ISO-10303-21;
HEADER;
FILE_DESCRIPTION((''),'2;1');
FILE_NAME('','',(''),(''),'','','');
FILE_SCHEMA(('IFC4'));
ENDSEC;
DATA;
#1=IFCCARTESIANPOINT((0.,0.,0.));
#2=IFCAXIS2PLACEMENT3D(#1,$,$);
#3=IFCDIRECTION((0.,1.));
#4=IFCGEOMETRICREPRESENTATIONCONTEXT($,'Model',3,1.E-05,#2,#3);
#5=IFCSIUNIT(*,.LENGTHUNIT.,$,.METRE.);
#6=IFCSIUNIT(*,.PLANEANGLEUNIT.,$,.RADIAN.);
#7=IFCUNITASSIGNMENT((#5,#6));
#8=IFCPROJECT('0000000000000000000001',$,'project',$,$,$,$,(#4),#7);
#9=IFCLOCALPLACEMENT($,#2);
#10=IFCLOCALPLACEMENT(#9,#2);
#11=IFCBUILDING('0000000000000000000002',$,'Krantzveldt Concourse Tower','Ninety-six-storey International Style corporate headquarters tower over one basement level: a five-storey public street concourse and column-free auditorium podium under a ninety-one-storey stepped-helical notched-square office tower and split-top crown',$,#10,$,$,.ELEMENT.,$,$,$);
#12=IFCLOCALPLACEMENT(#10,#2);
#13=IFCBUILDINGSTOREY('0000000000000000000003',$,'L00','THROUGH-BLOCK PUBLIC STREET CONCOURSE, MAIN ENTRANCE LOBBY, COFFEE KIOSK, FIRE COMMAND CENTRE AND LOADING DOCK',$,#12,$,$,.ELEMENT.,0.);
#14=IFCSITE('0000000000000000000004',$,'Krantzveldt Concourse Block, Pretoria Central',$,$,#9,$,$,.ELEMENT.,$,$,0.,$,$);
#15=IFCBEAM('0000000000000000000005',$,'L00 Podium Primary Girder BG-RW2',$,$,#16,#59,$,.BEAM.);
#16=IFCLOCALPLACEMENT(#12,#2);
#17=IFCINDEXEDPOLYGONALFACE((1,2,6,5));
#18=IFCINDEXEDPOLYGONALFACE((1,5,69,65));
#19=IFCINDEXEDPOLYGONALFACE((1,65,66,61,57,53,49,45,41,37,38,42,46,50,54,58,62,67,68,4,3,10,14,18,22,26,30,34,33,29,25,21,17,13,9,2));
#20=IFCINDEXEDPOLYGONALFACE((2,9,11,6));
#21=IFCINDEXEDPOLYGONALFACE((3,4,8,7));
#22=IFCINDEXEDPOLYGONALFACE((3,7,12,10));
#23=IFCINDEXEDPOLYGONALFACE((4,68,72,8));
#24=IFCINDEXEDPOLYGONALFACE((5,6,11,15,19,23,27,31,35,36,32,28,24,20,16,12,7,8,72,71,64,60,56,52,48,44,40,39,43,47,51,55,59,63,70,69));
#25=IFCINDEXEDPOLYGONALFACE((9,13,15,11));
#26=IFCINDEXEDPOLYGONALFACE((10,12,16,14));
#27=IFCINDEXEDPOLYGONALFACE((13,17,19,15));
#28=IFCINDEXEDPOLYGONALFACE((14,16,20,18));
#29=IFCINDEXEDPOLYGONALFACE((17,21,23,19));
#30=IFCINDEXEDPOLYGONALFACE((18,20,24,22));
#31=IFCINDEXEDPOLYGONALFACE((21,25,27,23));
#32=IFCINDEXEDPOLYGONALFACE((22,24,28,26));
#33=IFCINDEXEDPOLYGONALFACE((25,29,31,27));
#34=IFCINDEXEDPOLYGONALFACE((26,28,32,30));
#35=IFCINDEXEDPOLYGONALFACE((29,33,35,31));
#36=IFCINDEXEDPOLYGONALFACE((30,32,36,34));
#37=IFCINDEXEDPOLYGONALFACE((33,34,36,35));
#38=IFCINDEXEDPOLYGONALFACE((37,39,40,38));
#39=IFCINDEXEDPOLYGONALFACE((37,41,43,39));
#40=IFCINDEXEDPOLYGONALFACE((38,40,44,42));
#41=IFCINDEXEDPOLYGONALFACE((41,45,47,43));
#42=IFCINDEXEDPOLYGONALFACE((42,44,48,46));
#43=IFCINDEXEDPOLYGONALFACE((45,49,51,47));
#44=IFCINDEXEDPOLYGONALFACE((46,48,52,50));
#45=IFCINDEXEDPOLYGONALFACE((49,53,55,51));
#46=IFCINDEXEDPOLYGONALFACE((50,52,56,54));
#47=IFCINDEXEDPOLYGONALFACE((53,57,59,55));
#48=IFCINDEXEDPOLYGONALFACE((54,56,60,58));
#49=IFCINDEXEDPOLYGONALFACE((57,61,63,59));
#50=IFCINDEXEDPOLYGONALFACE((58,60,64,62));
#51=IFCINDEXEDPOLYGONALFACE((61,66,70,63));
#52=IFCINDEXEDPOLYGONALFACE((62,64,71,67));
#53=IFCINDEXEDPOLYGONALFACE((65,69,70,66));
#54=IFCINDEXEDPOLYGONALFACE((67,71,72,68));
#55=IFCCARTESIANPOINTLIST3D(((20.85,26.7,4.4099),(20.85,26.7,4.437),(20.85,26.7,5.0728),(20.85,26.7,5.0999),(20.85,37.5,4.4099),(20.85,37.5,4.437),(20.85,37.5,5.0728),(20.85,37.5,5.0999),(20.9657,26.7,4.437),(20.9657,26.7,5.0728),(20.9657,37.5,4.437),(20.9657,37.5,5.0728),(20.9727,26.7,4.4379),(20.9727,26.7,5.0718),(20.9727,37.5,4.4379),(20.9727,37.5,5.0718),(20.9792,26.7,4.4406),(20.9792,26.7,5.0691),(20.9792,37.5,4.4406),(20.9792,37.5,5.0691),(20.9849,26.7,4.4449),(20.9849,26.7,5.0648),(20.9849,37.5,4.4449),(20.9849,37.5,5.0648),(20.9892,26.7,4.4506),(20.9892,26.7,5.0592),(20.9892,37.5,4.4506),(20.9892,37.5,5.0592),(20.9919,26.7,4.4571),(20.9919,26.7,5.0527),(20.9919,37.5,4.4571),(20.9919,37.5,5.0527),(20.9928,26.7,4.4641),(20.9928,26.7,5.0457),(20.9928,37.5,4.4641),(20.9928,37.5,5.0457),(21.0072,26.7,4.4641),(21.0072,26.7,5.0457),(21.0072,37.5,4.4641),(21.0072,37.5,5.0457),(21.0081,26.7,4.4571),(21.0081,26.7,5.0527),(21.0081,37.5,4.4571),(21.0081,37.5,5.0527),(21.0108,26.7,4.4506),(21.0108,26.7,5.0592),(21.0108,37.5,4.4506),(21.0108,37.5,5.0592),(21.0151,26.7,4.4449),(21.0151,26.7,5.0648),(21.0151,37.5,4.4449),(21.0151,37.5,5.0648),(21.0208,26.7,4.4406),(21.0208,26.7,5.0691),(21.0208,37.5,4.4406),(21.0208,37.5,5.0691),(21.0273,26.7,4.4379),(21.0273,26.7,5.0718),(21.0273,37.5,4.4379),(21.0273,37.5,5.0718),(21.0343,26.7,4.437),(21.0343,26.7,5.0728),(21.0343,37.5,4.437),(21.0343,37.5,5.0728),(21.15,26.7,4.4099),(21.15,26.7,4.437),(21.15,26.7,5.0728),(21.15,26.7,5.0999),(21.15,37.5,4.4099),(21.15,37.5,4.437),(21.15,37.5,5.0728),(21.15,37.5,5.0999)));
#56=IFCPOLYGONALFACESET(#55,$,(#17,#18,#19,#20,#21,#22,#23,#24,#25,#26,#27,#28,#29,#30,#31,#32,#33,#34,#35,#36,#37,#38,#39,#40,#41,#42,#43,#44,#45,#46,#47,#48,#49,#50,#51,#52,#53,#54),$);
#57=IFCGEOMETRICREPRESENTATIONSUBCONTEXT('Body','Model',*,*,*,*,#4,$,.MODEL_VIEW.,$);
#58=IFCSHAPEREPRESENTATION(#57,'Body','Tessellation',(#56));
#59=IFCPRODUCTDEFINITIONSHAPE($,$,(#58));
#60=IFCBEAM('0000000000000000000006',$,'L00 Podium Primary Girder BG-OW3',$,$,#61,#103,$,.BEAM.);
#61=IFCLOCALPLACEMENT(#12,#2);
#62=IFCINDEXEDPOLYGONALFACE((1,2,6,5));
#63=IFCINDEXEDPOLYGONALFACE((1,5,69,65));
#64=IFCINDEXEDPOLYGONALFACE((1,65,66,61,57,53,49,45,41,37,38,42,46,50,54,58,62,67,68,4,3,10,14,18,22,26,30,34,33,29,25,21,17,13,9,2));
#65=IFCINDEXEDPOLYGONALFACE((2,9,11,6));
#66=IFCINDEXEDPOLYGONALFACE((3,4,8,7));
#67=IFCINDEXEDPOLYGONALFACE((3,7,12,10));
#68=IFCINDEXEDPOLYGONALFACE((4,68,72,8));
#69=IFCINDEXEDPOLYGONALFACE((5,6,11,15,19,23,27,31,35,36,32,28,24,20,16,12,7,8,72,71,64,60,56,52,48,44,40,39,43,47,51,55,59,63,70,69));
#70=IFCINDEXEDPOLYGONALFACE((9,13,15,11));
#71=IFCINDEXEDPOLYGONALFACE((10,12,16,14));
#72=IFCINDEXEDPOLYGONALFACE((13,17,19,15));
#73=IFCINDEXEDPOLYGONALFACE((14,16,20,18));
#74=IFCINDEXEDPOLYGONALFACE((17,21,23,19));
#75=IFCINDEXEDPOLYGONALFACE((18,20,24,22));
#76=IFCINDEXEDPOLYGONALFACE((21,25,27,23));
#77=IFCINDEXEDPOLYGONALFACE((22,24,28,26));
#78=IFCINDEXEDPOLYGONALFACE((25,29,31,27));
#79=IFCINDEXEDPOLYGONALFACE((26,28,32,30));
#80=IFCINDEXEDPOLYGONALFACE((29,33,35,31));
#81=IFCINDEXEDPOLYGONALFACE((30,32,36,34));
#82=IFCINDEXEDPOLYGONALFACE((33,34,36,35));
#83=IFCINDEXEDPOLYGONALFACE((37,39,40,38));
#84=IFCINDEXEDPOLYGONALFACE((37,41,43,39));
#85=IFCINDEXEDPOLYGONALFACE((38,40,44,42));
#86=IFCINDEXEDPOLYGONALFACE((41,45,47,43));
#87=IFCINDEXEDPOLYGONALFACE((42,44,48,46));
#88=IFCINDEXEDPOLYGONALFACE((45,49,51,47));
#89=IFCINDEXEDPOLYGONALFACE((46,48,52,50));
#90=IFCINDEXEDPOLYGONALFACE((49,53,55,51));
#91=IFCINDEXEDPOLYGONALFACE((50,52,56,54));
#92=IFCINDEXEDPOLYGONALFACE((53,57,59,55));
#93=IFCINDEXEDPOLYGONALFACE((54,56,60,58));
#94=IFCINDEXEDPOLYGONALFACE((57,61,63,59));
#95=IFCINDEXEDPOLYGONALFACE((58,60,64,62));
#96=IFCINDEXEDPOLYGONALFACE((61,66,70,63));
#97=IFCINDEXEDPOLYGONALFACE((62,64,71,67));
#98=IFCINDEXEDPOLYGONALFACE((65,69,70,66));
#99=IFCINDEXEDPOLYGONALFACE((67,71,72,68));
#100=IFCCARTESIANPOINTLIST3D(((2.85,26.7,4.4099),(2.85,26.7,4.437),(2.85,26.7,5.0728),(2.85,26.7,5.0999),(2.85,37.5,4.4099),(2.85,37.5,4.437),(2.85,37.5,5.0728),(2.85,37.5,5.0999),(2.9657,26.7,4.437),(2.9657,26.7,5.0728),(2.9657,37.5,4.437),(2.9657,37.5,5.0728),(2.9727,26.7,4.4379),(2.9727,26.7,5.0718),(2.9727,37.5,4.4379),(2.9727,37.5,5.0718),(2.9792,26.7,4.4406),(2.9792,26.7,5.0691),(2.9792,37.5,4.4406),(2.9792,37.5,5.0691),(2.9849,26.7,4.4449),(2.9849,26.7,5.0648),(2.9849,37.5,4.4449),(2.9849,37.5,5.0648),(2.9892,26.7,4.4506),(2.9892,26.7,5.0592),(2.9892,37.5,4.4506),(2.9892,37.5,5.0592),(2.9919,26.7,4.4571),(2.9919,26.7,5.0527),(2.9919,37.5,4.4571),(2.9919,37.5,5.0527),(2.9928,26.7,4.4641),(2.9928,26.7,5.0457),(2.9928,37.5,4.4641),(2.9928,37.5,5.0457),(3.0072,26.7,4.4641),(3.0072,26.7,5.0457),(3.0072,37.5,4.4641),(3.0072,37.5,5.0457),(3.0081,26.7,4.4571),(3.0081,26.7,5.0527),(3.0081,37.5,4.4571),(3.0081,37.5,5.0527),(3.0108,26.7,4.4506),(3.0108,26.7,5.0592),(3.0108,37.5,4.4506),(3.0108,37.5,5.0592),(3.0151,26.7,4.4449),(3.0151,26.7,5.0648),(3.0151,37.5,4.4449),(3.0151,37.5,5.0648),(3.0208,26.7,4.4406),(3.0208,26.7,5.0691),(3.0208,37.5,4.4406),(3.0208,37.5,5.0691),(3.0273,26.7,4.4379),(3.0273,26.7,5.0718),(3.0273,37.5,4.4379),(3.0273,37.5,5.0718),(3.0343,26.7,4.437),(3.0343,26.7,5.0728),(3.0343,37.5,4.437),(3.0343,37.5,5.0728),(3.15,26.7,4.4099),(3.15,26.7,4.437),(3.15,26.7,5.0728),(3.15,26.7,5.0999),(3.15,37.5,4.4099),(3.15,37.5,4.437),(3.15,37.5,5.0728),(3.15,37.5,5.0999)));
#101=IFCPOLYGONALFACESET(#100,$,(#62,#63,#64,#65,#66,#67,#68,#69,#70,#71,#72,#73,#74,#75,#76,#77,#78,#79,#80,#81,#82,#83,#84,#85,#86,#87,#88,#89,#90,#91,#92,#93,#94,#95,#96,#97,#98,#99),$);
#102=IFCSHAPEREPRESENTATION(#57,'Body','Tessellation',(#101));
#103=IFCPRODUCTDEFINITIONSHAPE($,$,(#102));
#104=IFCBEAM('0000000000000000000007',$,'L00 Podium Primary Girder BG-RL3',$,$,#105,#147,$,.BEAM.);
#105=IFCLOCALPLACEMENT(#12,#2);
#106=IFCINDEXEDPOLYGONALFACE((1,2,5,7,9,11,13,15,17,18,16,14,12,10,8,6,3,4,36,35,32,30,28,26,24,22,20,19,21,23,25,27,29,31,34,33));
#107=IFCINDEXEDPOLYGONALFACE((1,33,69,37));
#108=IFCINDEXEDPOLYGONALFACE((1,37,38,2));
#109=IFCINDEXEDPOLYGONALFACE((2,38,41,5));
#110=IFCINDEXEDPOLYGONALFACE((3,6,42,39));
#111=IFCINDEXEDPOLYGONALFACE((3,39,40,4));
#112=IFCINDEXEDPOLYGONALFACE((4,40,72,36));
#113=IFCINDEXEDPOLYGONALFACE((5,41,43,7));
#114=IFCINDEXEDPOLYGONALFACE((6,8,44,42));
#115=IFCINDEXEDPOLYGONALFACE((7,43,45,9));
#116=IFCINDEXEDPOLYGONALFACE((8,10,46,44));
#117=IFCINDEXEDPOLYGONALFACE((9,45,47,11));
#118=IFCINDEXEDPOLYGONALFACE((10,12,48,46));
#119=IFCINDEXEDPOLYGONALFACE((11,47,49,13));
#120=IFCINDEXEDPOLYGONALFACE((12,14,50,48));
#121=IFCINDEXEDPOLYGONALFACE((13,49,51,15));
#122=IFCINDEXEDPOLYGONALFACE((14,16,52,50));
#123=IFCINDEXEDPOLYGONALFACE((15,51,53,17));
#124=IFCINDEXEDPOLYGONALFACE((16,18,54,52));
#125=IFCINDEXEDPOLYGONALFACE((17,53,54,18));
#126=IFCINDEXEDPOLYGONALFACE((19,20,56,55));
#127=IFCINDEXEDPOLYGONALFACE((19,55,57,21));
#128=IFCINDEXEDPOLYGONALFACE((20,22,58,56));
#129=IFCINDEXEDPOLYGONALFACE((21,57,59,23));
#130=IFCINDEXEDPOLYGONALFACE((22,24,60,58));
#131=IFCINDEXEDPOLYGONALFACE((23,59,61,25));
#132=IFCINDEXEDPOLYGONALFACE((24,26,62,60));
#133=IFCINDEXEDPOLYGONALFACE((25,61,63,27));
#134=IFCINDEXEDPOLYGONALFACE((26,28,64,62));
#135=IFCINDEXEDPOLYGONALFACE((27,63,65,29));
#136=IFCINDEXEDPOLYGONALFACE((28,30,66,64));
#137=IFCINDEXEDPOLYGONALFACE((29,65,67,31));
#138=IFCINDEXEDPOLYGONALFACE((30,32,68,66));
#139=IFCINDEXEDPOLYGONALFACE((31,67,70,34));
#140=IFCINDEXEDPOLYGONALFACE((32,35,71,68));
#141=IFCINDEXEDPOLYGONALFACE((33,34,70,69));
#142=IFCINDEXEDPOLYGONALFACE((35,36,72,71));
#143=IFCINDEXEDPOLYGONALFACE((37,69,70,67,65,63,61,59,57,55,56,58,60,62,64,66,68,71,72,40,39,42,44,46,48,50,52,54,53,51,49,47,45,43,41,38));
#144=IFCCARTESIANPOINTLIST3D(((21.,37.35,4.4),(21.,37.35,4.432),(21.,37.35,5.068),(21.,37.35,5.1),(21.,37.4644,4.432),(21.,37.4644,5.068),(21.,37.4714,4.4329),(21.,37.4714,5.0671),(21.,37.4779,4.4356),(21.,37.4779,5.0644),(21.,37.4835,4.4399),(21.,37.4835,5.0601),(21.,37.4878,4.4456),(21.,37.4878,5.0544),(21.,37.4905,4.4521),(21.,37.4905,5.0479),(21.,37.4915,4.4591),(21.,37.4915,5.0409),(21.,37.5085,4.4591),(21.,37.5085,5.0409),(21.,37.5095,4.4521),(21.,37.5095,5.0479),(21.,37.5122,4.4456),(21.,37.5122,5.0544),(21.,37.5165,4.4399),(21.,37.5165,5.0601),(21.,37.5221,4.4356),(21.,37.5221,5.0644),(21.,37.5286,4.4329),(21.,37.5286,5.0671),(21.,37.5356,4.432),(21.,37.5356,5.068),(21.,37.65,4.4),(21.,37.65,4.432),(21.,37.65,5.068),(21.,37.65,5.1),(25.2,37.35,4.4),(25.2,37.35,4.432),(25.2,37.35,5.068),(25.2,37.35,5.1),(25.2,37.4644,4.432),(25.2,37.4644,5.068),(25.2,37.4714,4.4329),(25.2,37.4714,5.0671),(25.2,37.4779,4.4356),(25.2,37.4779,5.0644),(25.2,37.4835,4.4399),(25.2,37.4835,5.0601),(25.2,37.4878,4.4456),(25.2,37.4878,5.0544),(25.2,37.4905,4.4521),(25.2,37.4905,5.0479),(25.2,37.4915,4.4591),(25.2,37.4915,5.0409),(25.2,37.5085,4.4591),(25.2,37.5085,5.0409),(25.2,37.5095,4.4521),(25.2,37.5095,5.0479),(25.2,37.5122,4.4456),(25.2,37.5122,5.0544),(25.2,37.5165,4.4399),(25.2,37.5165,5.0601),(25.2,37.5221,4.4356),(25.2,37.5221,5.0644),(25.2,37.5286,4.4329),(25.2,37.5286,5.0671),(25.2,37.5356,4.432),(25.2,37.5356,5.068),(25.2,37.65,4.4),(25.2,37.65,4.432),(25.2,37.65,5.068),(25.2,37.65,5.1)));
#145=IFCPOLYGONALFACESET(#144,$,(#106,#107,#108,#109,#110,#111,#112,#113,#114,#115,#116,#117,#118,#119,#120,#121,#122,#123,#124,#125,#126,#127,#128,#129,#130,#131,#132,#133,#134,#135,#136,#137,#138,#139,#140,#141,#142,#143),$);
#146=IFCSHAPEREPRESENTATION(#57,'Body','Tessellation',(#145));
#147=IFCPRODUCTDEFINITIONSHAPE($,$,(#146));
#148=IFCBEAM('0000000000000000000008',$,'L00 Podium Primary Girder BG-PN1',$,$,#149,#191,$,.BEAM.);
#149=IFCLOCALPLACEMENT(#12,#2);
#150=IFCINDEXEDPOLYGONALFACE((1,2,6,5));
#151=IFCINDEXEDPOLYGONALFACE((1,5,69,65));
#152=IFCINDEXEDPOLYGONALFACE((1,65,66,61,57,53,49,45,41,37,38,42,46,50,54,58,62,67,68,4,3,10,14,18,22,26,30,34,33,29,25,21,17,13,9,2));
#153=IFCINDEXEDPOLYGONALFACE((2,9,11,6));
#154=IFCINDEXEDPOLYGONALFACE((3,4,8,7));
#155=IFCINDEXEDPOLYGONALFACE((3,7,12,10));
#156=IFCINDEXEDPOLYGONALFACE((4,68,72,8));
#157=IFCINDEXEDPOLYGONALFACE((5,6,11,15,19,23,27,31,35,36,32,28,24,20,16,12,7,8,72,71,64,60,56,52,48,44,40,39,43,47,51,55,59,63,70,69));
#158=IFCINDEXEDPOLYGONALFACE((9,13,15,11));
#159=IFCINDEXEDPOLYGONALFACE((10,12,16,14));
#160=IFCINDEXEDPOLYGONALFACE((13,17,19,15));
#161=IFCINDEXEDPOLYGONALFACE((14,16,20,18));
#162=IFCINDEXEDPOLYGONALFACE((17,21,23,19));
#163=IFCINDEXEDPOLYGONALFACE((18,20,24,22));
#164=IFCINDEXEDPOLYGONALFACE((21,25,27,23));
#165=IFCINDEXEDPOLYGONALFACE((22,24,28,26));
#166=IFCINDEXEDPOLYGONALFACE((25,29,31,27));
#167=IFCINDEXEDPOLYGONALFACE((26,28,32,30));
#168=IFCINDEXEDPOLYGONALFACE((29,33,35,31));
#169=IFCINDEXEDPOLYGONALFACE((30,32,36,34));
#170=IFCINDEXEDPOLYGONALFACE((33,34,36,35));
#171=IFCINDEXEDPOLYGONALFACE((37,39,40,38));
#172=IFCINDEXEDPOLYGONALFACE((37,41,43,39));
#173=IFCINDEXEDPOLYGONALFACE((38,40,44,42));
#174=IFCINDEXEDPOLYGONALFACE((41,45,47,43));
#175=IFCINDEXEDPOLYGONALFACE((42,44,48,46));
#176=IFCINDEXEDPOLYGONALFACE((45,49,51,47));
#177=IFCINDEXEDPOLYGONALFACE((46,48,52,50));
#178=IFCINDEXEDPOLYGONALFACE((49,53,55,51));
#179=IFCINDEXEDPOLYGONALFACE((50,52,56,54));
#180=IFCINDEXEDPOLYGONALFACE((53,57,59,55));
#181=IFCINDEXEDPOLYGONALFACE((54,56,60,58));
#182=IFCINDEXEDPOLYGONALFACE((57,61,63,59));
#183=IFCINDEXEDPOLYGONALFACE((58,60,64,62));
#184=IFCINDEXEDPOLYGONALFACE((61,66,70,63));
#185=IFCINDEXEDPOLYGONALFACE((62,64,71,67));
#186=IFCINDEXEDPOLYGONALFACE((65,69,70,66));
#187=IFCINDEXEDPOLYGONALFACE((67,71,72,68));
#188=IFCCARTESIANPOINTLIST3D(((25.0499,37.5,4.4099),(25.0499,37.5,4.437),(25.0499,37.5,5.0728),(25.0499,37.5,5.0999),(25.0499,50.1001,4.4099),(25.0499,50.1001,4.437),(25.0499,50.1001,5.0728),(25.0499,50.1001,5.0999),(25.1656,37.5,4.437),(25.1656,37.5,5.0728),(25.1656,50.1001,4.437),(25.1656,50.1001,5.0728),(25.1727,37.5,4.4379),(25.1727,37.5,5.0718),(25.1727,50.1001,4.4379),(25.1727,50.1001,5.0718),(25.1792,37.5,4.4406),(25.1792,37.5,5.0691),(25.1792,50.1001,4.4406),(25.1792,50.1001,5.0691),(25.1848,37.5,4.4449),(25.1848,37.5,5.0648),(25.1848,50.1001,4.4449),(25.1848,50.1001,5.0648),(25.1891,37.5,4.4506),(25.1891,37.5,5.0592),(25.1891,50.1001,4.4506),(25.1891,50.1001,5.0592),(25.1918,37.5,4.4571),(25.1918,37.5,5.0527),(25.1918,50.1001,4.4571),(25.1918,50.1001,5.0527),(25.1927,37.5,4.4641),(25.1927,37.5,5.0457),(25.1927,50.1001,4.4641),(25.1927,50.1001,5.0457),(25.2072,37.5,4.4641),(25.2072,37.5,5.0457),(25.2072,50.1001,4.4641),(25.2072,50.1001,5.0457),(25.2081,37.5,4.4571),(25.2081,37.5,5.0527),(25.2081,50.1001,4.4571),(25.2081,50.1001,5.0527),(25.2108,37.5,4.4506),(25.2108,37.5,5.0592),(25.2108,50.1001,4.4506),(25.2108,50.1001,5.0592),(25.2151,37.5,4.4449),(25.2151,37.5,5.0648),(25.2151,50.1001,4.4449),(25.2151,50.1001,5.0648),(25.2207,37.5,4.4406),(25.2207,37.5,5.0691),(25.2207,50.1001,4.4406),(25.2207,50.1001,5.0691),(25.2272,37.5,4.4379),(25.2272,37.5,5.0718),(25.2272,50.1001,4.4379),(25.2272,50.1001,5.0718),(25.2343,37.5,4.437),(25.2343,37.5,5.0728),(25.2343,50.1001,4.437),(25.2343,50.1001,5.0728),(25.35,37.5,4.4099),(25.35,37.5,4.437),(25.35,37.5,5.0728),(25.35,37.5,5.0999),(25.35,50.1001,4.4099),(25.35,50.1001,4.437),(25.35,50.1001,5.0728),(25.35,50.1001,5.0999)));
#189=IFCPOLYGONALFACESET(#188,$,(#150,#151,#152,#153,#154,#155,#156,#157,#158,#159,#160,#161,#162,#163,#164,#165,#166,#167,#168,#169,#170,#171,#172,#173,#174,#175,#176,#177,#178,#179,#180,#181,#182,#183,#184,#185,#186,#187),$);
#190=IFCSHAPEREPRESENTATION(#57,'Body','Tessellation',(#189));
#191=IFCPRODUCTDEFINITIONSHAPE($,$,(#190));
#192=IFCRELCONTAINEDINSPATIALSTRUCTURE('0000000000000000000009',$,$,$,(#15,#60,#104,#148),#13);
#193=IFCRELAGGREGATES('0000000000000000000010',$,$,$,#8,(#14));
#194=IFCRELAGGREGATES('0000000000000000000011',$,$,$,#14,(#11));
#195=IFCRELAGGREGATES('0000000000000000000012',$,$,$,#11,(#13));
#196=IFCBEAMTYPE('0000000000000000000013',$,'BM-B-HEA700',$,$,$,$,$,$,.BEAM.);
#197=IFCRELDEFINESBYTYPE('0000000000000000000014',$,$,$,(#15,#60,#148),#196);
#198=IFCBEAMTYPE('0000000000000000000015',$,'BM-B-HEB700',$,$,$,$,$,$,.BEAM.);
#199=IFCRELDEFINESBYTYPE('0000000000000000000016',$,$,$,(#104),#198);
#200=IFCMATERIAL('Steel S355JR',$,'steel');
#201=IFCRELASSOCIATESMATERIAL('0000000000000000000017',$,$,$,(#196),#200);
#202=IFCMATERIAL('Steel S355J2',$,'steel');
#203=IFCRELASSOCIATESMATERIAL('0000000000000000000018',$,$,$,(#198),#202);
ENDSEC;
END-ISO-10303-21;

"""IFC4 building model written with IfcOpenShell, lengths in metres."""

from ifc_helpers import new_model, si_unit, direction, frame, origin, origin_2d, place, context, subcontext, project, spatial, i_section, extrude, source, transform, mapped, material, material_profile, profile_set, type_object, type_shapes, element, save


model = new_model("IFC4")

# Units and contexts
model_context = context("Model", 3, precision=1e-05, world=origin(), true_north=direction((0.0, 1.0)))
body_context = subcontext(model_context, "Body", "Model", "MODEL_VIEW")
ifc_project = project(units=[si_unit("LENGTHUNIT", "METRE"), si_unit("PLANEANGLEUNIT", "RADIAN")], contexts=[model_context])

# Site, building, storey
site_placement = place(None, origin())
site = spatial("IfcSite", under=ifc_project, at=site_placement, Name="Krantzveldt Concourse Block, Pretoria Central", CompositionType="ELEMENT", RefElevation=0.0)
building_placement = place(site_placement, origin())
building = spatial("IfcBuilding", under=site, at=building_placement, Name="Krantzveldt Concourse Tower", Description="Ninety-six-storey International Style corporate headquarters tower over one basement level: a five-storey public street concourse and column-free auditorium podium under a ninety-one-storey stepped-helical notched-square office tower and split-top crown", CompositionType="ELEMENT")
storey_placement = place(building_placement, origin())
storey = spatial("IfcBuildingStorey", under=building, at=storey_placement, Name="L00", Description="THROUGH-BLOCK PUBLIC STREET CONCOURSE, MAIN ENTRANCE LOBBY, COFFEE KIOSK, FIRE COMMAND CENTRE AND LOADING DOCK", CompositionType="ELEMENT", Elevation=0.0)

# Beams
ifc_material_1 = material(Name="Steel S355J2", Category="steel")
ifc_material_2 = material(Name="Steel S355JR", Category="steel")
ifc_material_profile_1 = material_profile(ifc_material_2, i_section(OverallWidth=0.3, OverallDepth=0.6899, WebThickness=0.0144, FlangeThickness=0.0271, FilletRadius=0.0271, at=origin_2d()), Name="Steel S355JR", Category="steel")
ifc_profile_set_1 = profile_set([ifc_material_profile_1], Name="Steel S355JR - HEA 700")
beam_type_1 = type_object("IfcBeamType", Name="BM-B-HEA700", PredefinedType="BEAM", material=ifc_profile_set_1)
shared_shape_1 = source(origin(), body_context, "Body", "SweptSolid", [
    extrude(i_section(OverallWidth=0.3, OverallDepth=0.6899, WebThickness=0.0144, FlangeThickness=0.0271, FilletRadius=0.0271, at=origin_2d()), origin(), (0.0, 0.0, 1.0), 10.8),
])
for number, where, z_axis, x_axis, name in (
    (1, (21.0, 26.7, 4.7549), (0.0, 1.0, 0.0), (-1.0, 0.0, 0.0), "L00 Podium Primary Girder BG-RW2"),
    (2, (3.0, 26.7, 4.7549), (0.0, 1.0, 0.0), (-1.0, 0.0, 0.0), "L00 Podium Primary Girder BG-OW3"),
):
    element("IfcBeam", number, at=place(storey_placement, frame(where, z_axis=z_axis, x_axis=x_axis)), inside=storey, type_object=beam_type_1, Name=name, PredefinedType="BEAM", context=body_context, shape_type="MappedRepresentation", body=[
        mapped(shared_shape_1, transform((0.0, 0.0, 0.0), x_axis=(1.0, 0.0, 0.0), y_axis=(0.0, 1.0, 0.0), z_axis=(0.0, 0.0, 1.0), scale=1.0)),
    ])
ifc_material_profile_2 = material_profile(ifc_material_1, i_section(OverallWidth=0.3, OverallDepth=0.7, WebThickness=0.0171, FlangeThickness=0.032, FilletRadius=0.0271, at=origin_2d()), Name="Steel S355J2", Category="steel")
ifc_profile_set_2 = profile_set([ifc_material_profile_2], Name="Steel S355J2 - HEB 700")
beam_type_2 = type_object("IfcBeamType", Name="BM-B-HEB700", PredefinedType="BEAM", material=ifc_profile_set_2)
shared_shape_2 = source(origin(), body_context, "Body", "SweptSolid", [
    extrude(i_section(OverallWidth=0.3, OverallDepth=0.7, WebThickness=0.0171, FlangeThickness=0.032, FilletRadius=0.0271, at=origin_2d()), origin(), (0.0, 0.0, 1.0), 4.2),
])
type_shapes(beam_type_2, [shared_shape_2])
beam_1_placement = place(storey_placement, frame((21.0, 37.5, 4.75), z_axis=(1.0, 0.0, 0.0), x_axis=(0.0, 1.0, 0.0)))
element("IfcBeam", 3, at=beam_1_placement, inside=storey, type_object=beam_type_2, Name="L00 Podium Primary Girder BG-RL3", PredefinedType="BEAM", context=body_context, shape_type="MappedRepresentation", body=[
    mapped(shared_shape_2, transform((0.0, 0.0, 0.0), x_axis=(1.0, 0.0, 0.0), y_axis=(0.0, 1.0, 0.0), z_axis=(0.0, 0.0, 1.0), scale=1.0)),
])
shared_shape_3 = source(origin(), body_context, "Body", "SweptSolid", [
    extrude(i_section(OverallWidth=0.3, OverallDepth=0.6899, WebThickness=0.0144, FlangeThickness=0.0271, FilletRadius=0.0271, at=origin_2d()), origin(), (0.0, 0.0, 1.0), 12.6001),
])
type_shapes(beam_type_1, [shared_shape_1, shared_shape_3])
for number, where, z_axis, x_axis, name in (
    (4, (25.2, 37.5, 4.7549), (0.0, 1.0, 0.0), (-1.0, 0.0, 0.0), "L00 Podium Primary Girder BG-PN1"),
):
    element("IfcBeam", number, at=place(storey_placement, frame(where, z_axis=z_axis, x_axis=x_axis)), inside=storey, type_object=beam_type_1, Name=name, PredefinedType="BEAM", context=body_context, shape_type="MappedRepresentation", body=[
        mapped(shared_shape_3, transform((0.0, 0.0, 0.0), x_axis=(1.0, 0.0, 0.0), y_axis=(0.0, 1.0, 0.0), z_axis=(0.0, 0.0, 1.0), scale=1.0)),
    ])

save(model, "model.ifc")
